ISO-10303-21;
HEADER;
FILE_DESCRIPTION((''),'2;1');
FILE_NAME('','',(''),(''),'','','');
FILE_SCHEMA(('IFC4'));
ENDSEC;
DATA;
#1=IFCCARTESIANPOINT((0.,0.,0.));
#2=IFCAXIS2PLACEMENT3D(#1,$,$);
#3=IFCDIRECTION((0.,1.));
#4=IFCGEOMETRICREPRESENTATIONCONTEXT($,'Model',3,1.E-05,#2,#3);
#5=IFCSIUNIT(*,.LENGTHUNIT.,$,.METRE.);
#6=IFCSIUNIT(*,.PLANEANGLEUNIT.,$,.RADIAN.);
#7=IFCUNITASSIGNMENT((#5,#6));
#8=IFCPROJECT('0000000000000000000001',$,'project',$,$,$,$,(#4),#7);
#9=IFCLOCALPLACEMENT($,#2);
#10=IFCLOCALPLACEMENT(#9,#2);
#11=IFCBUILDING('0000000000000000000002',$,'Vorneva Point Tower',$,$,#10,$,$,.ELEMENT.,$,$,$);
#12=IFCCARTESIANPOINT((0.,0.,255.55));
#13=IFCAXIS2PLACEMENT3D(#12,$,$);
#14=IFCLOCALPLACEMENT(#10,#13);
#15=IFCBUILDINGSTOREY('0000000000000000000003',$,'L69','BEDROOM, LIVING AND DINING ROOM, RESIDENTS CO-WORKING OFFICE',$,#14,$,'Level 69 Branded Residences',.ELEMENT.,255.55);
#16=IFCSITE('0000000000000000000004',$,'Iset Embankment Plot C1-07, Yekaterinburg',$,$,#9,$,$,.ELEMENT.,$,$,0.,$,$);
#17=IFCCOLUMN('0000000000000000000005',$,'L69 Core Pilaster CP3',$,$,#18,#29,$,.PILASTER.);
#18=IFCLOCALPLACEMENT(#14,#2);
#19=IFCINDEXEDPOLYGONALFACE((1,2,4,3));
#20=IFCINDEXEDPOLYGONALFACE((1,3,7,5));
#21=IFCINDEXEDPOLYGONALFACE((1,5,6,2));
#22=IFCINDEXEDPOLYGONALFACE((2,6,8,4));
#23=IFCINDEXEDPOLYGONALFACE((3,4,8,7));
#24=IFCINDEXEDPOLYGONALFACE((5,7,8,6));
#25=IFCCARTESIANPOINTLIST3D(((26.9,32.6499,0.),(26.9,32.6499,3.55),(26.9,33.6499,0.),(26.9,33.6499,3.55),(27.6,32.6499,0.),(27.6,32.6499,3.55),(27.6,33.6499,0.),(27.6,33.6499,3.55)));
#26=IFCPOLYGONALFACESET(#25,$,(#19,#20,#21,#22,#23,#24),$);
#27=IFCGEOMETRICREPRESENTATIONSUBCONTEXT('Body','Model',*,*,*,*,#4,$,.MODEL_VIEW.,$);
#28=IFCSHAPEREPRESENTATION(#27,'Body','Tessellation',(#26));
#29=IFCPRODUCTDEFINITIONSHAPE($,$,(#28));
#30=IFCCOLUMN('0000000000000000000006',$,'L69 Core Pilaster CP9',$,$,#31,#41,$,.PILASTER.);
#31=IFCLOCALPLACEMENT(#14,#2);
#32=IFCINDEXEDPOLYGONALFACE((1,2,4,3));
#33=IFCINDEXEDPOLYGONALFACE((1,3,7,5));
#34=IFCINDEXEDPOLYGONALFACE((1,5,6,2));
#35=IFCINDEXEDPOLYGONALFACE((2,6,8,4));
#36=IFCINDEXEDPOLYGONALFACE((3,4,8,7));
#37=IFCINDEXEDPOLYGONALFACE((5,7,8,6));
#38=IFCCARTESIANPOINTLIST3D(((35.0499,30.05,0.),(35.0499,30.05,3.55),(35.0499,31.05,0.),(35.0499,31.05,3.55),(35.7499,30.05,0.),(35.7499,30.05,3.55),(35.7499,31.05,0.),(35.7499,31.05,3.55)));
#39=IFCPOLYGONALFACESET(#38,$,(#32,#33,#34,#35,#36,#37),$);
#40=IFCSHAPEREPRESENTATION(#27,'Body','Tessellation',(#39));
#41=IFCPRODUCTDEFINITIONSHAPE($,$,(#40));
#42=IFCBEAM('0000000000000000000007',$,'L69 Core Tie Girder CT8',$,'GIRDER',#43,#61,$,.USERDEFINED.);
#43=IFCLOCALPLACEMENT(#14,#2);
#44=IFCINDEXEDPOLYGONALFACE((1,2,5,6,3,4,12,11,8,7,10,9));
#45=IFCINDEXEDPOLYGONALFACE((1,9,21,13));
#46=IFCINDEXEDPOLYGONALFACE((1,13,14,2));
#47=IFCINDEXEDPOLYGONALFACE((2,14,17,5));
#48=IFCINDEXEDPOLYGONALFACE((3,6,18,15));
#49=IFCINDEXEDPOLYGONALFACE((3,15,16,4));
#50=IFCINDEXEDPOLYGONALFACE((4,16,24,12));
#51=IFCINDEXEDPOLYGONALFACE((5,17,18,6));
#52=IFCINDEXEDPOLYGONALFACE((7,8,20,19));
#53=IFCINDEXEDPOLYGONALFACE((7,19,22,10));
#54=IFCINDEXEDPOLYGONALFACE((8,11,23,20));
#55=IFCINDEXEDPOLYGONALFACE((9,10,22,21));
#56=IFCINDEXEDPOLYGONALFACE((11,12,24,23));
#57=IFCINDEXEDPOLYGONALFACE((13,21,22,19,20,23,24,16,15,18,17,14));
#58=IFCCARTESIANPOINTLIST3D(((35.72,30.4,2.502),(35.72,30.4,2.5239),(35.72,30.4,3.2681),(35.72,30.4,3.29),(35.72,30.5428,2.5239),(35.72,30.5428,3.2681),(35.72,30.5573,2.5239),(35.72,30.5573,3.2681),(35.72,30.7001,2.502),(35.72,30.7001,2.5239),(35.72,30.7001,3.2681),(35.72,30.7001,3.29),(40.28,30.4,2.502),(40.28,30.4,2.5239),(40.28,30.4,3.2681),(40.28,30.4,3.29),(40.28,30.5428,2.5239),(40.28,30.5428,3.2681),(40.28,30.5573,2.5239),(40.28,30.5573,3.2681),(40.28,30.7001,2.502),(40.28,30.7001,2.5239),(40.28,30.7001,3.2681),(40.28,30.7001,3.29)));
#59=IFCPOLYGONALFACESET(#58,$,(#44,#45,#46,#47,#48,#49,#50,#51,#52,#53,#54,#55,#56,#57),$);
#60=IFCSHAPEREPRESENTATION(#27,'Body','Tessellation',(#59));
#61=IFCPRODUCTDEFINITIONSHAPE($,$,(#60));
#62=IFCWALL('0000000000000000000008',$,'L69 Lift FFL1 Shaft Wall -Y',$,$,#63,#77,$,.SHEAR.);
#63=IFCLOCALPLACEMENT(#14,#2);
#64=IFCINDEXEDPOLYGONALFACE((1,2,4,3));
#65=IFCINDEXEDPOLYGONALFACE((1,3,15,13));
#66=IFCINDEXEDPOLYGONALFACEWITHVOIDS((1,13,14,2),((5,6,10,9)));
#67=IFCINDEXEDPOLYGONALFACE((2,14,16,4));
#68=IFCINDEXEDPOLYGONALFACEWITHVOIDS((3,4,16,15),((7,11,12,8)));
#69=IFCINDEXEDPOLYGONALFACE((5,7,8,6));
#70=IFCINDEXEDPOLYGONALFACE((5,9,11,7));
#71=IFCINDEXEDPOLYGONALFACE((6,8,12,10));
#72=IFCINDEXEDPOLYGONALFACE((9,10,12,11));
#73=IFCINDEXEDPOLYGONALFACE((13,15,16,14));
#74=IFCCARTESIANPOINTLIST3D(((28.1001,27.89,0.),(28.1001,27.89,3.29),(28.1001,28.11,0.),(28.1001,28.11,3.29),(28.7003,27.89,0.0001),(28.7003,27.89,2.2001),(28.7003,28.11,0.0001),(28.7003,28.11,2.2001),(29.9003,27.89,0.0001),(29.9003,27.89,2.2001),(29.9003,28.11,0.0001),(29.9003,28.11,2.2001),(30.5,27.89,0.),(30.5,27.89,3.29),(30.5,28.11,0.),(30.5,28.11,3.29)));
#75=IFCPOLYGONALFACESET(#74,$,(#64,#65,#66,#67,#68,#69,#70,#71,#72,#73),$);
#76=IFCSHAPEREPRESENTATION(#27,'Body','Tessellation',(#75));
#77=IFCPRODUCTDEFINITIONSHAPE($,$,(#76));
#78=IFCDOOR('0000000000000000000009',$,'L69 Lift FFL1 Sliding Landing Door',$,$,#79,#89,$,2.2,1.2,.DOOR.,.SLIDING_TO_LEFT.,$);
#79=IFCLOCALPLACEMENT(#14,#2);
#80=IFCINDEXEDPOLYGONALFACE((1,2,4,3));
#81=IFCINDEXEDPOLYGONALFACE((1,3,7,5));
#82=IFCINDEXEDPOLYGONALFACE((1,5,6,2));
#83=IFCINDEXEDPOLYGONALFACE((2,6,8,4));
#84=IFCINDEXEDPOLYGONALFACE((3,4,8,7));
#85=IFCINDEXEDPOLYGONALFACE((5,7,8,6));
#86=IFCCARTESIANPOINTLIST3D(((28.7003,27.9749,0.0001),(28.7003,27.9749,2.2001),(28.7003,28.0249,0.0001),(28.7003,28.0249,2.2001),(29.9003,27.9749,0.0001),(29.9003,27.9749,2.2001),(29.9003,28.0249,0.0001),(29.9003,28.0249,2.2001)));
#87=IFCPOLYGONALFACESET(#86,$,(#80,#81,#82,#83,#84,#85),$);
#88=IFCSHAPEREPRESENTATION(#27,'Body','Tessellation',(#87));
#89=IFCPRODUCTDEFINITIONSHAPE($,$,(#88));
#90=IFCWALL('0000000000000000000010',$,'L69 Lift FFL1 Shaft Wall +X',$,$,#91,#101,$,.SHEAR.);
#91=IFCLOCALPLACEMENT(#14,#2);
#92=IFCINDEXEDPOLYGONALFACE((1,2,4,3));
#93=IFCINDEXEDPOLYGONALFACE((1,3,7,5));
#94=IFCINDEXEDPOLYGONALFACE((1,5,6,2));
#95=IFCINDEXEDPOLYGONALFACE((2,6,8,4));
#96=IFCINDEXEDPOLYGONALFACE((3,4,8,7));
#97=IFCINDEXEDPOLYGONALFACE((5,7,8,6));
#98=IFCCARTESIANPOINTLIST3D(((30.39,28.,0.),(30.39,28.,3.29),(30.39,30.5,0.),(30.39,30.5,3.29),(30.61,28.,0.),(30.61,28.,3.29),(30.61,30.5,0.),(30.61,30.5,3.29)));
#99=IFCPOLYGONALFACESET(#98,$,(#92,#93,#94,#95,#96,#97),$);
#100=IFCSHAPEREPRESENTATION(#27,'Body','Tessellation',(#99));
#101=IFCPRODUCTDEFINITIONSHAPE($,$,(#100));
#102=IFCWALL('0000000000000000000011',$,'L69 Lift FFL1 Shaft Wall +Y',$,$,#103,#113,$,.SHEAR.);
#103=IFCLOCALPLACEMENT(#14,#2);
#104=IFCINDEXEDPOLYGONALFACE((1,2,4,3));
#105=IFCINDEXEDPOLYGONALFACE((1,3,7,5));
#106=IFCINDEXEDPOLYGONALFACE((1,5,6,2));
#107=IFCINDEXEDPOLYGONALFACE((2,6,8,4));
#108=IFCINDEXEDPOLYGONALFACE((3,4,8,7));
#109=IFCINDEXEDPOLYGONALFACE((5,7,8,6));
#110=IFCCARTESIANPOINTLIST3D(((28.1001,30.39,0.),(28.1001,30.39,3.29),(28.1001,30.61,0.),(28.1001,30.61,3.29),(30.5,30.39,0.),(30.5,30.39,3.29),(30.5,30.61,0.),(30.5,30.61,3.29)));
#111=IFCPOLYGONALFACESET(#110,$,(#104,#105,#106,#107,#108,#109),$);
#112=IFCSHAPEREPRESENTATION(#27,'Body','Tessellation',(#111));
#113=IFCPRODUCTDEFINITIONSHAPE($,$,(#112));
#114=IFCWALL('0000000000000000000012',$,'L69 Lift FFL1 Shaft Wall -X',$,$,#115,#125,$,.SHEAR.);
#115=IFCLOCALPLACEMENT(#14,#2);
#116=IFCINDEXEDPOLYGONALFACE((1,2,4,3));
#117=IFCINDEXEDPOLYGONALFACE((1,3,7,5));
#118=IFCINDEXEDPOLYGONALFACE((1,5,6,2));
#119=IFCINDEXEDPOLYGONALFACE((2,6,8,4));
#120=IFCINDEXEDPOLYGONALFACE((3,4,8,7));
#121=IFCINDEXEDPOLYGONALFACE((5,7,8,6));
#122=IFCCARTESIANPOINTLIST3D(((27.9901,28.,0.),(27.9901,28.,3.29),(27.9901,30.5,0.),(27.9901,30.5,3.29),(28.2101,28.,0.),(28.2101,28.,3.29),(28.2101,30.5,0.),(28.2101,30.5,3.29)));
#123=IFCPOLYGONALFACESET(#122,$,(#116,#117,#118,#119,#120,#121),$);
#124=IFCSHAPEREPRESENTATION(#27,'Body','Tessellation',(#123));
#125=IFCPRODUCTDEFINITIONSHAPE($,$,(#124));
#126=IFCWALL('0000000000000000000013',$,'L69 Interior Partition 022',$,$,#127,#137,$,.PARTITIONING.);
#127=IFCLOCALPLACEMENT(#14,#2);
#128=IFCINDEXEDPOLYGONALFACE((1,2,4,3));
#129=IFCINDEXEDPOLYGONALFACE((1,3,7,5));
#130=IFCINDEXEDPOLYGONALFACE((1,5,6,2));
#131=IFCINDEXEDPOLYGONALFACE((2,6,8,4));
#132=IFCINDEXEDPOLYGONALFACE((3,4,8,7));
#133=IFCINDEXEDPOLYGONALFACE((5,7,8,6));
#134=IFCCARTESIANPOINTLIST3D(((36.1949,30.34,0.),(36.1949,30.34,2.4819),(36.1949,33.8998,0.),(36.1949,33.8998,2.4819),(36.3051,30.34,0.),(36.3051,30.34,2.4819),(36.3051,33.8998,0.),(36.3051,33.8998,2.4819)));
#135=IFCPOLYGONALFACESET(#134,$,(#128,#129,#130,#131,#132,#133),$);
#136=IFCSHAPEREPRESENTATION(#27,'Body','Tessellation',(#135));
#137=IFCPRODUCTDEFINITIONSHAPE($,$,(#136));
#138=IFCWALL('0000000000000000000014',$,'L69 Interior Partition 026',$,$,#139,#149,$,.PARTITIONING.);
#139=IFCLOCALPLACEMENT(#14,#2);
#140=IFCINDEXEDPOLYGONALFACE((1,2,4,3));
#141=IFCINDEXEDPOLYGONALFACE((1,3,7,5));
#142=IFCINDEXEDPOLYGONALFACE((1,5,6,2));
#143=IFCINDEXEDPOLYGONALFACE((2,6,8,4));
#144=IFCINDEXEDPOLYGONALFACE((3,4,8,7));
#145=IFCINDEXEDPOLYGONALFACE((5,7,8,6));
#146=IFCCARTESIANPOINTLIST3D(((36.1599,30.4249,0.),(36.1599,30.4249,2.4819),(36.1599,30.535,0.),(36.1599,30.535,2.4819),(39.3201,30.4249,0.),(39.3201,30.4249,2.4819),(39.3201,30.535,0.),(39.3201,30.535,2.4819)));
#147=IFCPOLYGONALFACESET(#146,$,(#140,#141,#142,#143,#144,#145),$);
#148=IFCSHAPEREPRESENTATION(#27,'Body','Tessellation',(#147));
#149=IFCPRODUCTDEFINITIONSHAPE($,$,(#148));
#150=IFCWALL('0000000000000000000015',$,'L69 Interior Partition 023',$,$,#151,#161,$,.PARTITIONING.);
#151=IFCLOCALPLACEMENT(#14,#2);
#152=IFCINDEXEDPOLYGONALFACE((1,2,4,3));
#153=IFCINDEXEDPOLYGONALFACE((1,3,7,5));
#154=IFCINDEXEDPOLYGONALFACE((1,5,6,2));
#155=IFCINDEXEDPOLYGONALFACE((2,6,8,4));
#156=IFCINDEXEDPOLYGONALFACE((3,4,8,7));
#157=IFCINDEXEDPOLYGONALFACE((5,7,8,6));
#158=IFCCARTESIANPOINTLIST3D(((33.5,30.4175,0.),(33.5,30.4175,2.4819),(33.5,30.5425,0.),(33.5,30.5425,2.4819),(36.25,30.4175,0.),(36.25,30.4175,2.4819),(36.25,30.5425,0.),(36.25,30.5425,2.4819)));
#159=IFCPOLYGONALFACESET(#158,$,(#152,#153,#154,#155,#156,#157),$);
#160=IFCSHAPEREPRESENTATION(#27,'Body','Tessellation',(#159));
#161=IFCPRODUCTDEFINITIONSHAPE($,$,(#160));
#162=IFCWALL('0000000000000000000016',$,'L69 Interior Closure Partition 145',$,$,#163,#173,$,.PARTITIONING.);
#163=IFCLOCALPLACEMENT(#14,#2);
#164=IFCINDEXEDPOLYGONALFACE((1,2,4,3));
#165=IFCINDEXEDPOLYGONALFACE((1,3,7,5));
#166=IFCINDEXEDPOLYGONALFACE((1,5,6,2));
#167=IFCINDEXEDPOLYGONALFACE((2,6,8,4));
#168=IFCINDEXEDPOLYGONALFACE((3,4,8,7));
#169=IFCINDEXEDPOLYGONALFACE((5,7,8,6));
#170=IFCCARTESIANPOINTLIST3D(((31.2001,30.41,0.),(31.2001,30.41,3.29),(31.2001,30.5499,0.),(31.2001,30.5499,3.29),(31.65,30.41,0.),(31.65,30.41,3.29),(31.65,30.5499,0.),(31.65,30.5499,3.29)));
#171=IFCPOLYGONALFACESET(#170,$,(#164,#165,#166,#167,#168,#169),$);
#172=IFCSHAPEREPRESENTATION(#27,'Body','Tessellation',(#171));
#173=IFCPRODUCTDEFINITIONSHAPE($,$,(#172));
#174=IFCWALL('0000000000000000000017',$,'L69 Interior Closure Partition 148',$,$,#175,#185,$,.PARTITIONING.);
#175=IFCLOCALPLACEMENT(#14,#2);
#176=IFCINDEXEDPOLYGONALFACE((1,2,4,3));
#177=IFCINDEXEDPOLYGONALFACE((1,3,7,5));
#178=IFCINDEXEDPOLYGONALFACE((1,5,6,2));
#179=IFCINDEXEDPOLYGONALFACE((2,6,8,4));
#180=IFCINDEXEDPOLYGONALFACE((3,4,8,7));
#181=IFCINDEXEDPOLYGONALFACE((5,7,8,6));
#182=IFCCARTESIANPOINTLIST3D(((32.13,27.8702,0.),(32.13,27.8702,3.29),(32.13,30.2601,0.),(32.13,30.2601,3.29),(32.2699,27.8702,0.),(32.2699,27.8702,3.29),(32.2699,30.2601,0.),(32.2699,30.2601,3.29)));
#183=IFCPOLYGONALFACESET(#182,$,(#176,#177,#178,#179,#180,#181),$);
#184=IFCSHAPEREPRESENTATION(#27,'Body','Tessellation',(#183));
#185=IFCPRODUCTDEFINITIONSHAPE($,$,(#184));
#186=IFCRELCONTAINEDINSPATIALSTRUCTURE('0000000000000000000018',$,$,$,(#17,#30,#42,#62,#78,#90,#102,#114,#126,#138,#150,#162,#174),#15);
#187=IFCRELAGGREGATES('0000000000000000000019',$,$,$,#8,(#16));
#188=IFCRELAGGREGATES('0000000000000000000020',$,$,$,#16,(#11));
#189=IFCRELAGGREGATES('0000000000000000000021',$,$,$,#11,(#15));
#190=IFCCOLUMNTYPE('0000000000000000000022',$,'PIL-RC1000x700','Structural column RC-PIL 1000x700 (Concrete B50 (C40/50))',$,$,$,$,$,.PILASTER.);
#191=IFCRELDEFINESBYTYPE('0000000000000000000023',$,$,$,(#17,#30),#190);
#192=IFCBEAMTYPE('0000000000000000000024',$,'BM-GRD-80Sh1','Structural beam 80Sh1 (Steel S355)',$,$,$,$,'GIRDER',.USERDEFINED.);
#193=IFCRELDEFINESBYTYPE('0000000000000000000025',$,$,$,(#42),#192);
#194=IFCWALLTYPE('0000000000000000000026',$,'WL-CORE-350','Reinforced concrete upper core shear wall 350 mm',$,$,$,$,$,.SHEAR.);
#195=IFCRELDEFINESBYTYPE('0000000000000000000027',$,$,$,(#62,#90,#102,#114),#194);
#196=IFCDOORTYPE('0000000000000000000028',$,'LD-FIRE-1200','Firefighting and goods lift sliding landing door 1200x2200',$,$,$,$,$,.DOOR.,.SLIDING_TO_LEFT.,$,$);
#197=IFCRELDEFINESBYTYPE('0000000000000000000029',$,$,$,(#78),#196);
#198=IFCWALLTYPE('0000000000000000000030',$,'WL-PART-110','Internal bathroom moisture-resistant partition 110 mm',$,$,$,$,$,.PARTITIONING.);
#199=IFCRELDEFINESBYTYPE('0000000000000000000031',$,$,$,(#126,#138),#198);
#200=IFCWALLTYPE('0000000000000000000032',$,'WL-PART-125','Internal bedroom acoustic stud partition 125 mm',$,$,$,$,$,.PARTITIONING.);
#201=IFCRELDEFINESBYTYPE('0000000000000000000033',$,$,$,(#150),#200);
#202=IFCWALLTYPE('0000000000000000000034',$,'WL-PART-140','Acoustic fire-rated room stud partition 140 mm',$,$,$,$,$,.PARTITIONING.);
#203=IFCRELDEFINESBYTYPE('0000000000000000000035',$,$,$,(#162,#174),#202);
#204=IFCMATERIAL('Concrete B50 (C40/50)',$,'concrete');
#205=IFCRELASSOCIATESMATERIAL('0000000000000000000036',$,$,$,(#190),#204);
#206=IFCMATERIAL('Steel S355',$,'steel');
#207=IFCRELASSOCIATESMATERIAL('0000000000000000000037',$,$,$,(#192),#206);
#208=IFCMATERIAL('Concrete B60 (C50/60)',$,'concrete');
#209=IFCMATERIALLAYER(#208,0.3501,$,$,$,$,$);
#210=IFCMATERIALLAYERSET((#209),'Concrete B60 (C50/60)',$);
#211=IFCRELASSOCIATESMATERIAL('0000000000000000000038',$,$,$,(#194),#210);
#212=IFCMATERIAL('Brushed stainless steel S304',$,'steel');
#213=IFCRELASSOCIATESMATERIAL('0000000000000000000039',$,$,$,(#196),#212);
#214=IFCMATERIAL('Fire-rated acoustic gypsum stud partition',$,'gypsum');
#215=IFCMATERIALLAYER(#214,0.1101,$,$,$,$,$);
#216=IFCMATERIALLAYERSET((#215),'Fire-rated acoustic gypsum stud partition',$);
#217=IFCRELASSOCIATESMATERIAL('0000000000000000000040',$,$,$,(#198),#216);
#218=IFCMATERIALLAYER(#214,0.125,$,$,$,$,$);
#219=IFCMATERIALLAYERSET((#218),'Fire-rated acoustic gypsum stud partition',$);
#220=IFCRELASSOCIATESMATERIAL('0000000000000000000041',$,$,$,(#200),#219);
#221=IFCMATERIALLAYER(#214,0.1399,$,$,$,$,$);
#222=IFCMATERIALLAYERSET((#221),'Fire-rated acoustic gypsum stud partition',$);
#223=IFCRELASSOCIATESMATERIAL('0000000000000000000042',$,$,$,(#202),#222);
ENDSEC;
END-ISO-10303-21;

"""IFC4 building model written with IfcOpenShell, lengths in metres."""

from ifc_helpers import new_model, si_unit, direction, frame, frame_2d, origin, origin_2d, place, context, subcontext, project, spatial, rectangle, i_section, extrude, material, layer, layer_set, material_profile, profile_set, type_object, element, fill, save


model = new_model("IFC4")

# Units and contexts
model_context = context("Model", 3, precision=1e-05, world=origin(), true_north=direction((0.0, 1.0)))
body_context = subcontext(model_context, "Body", "Model", "MODEL_VIEW")
ifc_project = project(units=[si_unit("LENGTHUNIT", "METRE"), si_unit("PLANEANGLEUNIT", "RADIAN")], contexts=[model_context])

# Site, building, storey
site_placement = place(None, origin())
site = spatial("IfcSite", under=ifc_project, at=site_placement, Name="Iset Embankment Plot C1-07, Yekaterinburg", CompositionType="ELEMENT", RefElevation=0.0)
building_placement = place(site_placement, origin())
building = spatial("IfcBuilding", under=site, at=building_placement, Name="Vorneva Point Tower", CompositionType="ELEMENT")
storey_placement = place(building_placement, frame((0.0, 0.0, 255.55)))
storey = spatial("IfcBuildingStorey", under=building, at=storey_placement, Name="L69", Description="BEDROOM, LIVING AND DINING ROOM, RESIDENTS CO-WORKING OFFICE", LongName="Level 69 Branded Residences", CompositionType="ELEMENT", Elevation=255.55)

# Columns
ifc_material_1 = material(Name="Concrete B50 (C40/50)", Category="concrete")
ifc_material_profile_1 = material_profile(ifc_material_1, rectangle(XDim=0.7, YDim=1.0, at=origin_2d()), Name="RC-PIL 1000x700")
ifc_profile_set_1 = profile_set([ifc_material_profile_1], Name="Concrete B50 (C40/50)")
column_type = type_object("IfcColumnType", Name="PIL-RC1000x700", Description="Structural column RC-PIL 1000x700 (Concrete B50 (C40/50))", PredefinedType="PILASTER", material=ifc_profile_set_1)
for number, where, z_axis, x_axis, name in (
    (1, (27.25, 33.1499, 0.0), (0.0, 0.0, 1.0), (1.0, 0.0, 0.0), "L69 Core Pilaster CP3"),
    (2, (35.3999, 30.55, 0.0), (0.0, 0.0, 1.0), (1.0, 0.0, 0.0), "L69 Core Pilaster CP9"),
):
    element("IfcColumn", number, at=place(storey_placement, frame(where, z_axis=z_axis, x_axis=x_axis)), inside=storey, type_object=column_type, Name=name, PredefinedType="PILASTER", context=body_context, shape_type="SweptSolid", body=[
        extrude(rectangle(XDim=0.7, YDim=1.0, at=origin_2d()), origin(), (0.0, 0.0, 1.0), 3.55),
    ])

# Beam
ifc_material_2 = material(Name="Steel S355", Category="steel")
ifc_material_profile_2 = material_profile(ifc_material_2, i_section(OverallWidth=0.3, OverallDepth=0.7881, WebThickness=0.0144, FlangeThickness=0.022, at=origin_2d()), Name="80Sh1")
ifc_profile_set_2 = profile_set([ifc_material_profile_2], Name="Steel S355")
beam_type = type_object("IfcBeamType", Name="BM-GRD-80Sh1", Description="Structural beam 80Sh1 (Steel S355)", ElementType="GIRDER", PredefinedType="USERDEFINED", material=ifc_profile_set_2)
beam_placement = place(storey_placement, frame((35.72, 30.55, 2.896), z_axis=(1.0, 0.0, 0.0), x_axis=(0.0, 1.0, 0.0)))
element("IfcBeam", 3, at=beam_placement, inside=storey, type_object=beam_type, Name="L69 Core Tie Girder CT8", ObjectType="GIRDER", PredefinedType="USERDEFINED", context=body_context, shape_type="SweptSolid", body=[
    extrude(i_section(OverallWidth=0.3, OverallDepth=0.7881, WebThickness=0.0144, FlangeThickness=0.022, at=origin_2d()), origin(), (0.0, 0.0, 1.0), 4.5601),
])

# Wall, opening, door
ifc_material_3 = material(Name="Concrete B60 (C50/60)", Category="concrete")
ifc_layer_1 = layer(ifc_material_3, 0.3501)
ifc_layer_set_1 = layer_set([ifc_layer_1], Name="Concrete B60 (C50/60)")
wall_type_1 = type_object("IfcWallType", Name="WL-CORE-350", Description="Reinforced concrete upper core shear wall 350 mm", PredefinedType="SHEAR", material=ifc_layer_set_1)
wall_1_placement = place(storey_placement, frame((28.1001, 28.0, 0.0), z_axis=(0.0, 0.0, 1.0), x_axis=(1.0, 0.0, 0.0)))
wall_1 = element("IfcWall", 4, at=wall_1_placement, inside=storey, type_object=wall_type_1, Name="L69 Lift FFL1 Shaft Wall -Y", PredefinedType="SHEAR", context=body_context, shape_type="SweptSolid", body=[
    extrude(rectangle(XDim=2.3999, YDim=0.22, at=frame_2d((1.2, 0.0))), origin(), (0.0, 0.0, 1.0), 3.29),
])
opening_1_placement = place(wall_1_placement, frame((0.6001, 0.0, 0.0)))
opening_1 = element("IfcOpeningElement", 5, at=opening_1_placement, cuts=wall_1, PredefinedType="OPENING", context=body_context, shape_type="SweptSolid", body=[
    extrude(rectangle(XDim=1.2, YDim=2.2, at=frame_2d((0.6001, 1.1001))), frame((0.0, 0.125, 0.0), z_axis=(0.0, -1.0, 0.0), x_axis=(1.0, 0.0, 0.0)), (0.0, 0.0, 1.0), 0.2498),
])
ifc_material_4 = material(Name="Brushed stainless steel S304", Category="steel")
door_type_1 = type_object("IfcDoorType", Name="LD-FIRE-1200", Description="Firefighting and goods lift sliding landing door 1200x2200", OperationType="SLIDING_TO_LEFT", PredefinedType="DOOR", material=ifc_material_4)
door_1_placement = place(opening_1_placement, origin())
door_1 = element("IfcDoor", 6, at=door_1_placement, inside=storey, type_object=door_type_1, Name="L69 Lift FFL1 Sliding Landing Door", OperationType="SLIDING_TO_LEFT", OverallHeight=2.2, OverallWidth=1.2, PredefinedType="DOOR", context=body_context, shape_type="SweptSolid", body=[
    extrude(rectangle(XDim=1.2, YDim=2.2, at=frame_2d((0.6001, 1.1001))), frame((0.0, 0.0249, 0.0), z_axis=(0.0, -1.0, 0.0), x_axis=(1.0, 0.0, 0.0)), (0.0, 0.0, 1.0), 0.05),
])
fill(opening_1, door_1)

# Walls
wall_2_placement = place(storey_placement, frame((30.5, 28.0, 0.0), z_axis=(0.0, 0.0, 1.0), x_axis=(0.0, 1.0, 0.0)))
element("IfcWall", 7, at=wall_2_placement, inside=storey, type_object=wall_type_1, Name="L69 Lift FFL1 Shaft Wall +X", PredefinedType="SHEAR", context=body_context, shape_type="SweptSolid", body=[
    extrude(rectangle(XDim=2.5, YDim=0.22, at=frame_2d((1.25, 0.0))), origin(), (0.0, 0.0, 1.0), 3.29),
])
wall_3_placement = place(storey_placement, frame((30.5, 30.5, 0.0), z_axis=(0.0, 0.0, 1.0), x_axis=(-1.0, 0.0, 0.0)))
element("IfcWall", 8, at=wall_3_placement, inside=storey, type_object=wall_type_1, Name="L69 Lift FFL1 Shaft Wall +Y", PredefinedType="SHEAR", context=body_context, shape_type="SweptSolid", body=[
    extrude(rectangle(XDim=2.3999, YDim=0.22, at=frame_2d((1.2, 0.0))), origin(), (0.0, 0.0, 1.0), 3.29),
])
wall_4_placement = place(storey_placement, frame((28.1001, 30.5, 0.0), z_axis=(0.0, 0.0, 1.0), x_axis=(0.0, -1.0, 0.0)))
element("IfcWall", 9, at=wall_4_placement, inside=storey, type_object=wall_type_1, Name="L69 Lift FFL1 Shaft Wall -X", PredefinedType="SHEAR", context=body_context, shape_type="SweptSolid", body=[
    extrude(rectangle(XDim=2.5, YDim=0.22, at=frame_2d((1.25, 0.0))), origin(), (0.0, 0.0, 1.0), 3.29),
])
ifc_material_5 = material(Name="Fire-rated acoustic gypsum stud partition", Category="gypsum")
ifc_layer_2 = layer(ifc_material_5, 0.1101)
ifc_layer_set_2 = layer_set([ifc_layer_2], Name="Fire-rated acoustic gypsum stud partition")
wall_type_2 = type_object("IfcWallType", Name="WL-PART-110", Description="Internal bathroom moisture-resistant partition 110 mm", PredefinedType="PARTITIONING", material=ifc_layer_set_2)
wall_5_placement = place(storey_placement, frame((36.25, 30.3401, 0.0), z_axis=(0.0, 0.0, 1.0), x_axis=(0.0, 1.0, 0.0)))
element("IfcWall", 10, at=wall_5_placement, inside=storey, type_object=wall_type_2, Name="L69 Interior Partition 022", PredefinedType="PARTITIONING", context=body_context, shape_type="SweptSolid", body=[
    extrude(rectangle(XDim=3.5598, YDim=0.1101, at=frame_2d((1.7798, 0.0))), origin(), (0.0, 0.0, 1.0), 2.4819),
])
wall_6_placement = place(storey_placement, frame((36.1599, 30.48, 0.0), z_axis=(0.0, 0.0, 1.0), x_axis=(1.0, 0.0, 0.0)))
element("IfcWall", 11, at=wall_6_placement, inside=storey, type_object=wall_type_2, Name="L69 Interior Partition 026", PredefinedType="PARTITIONING", context=body_context, shape_type="SweptSolid", body=[
    extrude(rectangle(XDim=3.1602, YDim=0.1101, at=frame_2d((1.5801, 0.0))), origin(), (0.0, 0.0, 1.0), 2.4819),
])
ifc_layer_3 = layer(ifc_material_5, 0.125)
ifc_layer_set_3 = layer_set([ifc_layer_3], Name="Fire-rated acoustic gypsum stud partition")
wall_type_3 = type_object("IfcWallType", Name="WL-PART-125", Description="Internal bedroom acoustic stud partition 125 mm", PredefinedType="PARTITIONING", material=ifc_layer_set_3)
wall_7_placement = place(storey_placement, frame((33.5, 30.48, 0.0), z_axis=(0.0, 0.0, 1.0), x_axis=(1.0, 0.0, 0.0)))
element("IfcWall", 12, at=wall_7_placement, inside=storey, type_object=wall_type_3, Name="L69 Interior Partition 023", PredefinedType="PARTITIONING", context=body_context, shape_type="SweptSolid", body=[
    extrude(rectangle(XDim=2.75, YDim=0.125, at=frame_2d((1.375, 0.0))), origin(), (0.0, 0.0, 1.0), 2.4819),
])
ifc_layer_4 = layer(ifc_material_5, 0.1399)
ifc_layer_set_4 = layer_set([ifc_layer_4], Name="Fire-rated acoustic gypsum stud partition")
wall_type_4 = type_object("IfcWallType", Name="WL-PART-140", Description="Acoustic fire-rated room stud partition 140 mm", PredefinedType="PARTITIONING", material=ifc_layer_set_4)
wall_8_placement = place(storey_placement, frame((31.2, 30.48, 0.0), z_axis=(0.0, 0.0, 1.0), x_axis=(1.0, 0.0, 0.0)))
element("IfcWall", 13, at=wall_8_placement, inside=storey, type_object=wall_type_4, Name="L69 Interior Closure Partition 145", PredefinedType="PARTITIONING", context=body_context, shape_type="SweptSolid", body=[
    extrude(rectangle(XDim=0.45, YDim=0.1399, at=frame_2d((0.2251, 0.0))), origin(), (0.0, 0.0, 1.0), 3.29),
])
wall_9_placement = place(storey_placement, frame((32.2, 30.26, 0.0), z_axis=(0.0, 0.0, 1.0), x_axis=(0.0, -1.0, 0.0)))
element("IfcWall", 14, at=wall_9_placement, inside=storey, type_object=wall_type_4, Name="L69 Interior Closure Partition 148", PredefinedType="PARTITIONING", context=body_context, shape_type="SweptSolid", body=[
    extrude(rectangle(XDim=2.3899, YDim=0.1399, at=frame_2d((1.1948, 0.0))), origin(), (0.0, 0.0, 1.0), 3.29),
])

save(model, "model.ifc")
